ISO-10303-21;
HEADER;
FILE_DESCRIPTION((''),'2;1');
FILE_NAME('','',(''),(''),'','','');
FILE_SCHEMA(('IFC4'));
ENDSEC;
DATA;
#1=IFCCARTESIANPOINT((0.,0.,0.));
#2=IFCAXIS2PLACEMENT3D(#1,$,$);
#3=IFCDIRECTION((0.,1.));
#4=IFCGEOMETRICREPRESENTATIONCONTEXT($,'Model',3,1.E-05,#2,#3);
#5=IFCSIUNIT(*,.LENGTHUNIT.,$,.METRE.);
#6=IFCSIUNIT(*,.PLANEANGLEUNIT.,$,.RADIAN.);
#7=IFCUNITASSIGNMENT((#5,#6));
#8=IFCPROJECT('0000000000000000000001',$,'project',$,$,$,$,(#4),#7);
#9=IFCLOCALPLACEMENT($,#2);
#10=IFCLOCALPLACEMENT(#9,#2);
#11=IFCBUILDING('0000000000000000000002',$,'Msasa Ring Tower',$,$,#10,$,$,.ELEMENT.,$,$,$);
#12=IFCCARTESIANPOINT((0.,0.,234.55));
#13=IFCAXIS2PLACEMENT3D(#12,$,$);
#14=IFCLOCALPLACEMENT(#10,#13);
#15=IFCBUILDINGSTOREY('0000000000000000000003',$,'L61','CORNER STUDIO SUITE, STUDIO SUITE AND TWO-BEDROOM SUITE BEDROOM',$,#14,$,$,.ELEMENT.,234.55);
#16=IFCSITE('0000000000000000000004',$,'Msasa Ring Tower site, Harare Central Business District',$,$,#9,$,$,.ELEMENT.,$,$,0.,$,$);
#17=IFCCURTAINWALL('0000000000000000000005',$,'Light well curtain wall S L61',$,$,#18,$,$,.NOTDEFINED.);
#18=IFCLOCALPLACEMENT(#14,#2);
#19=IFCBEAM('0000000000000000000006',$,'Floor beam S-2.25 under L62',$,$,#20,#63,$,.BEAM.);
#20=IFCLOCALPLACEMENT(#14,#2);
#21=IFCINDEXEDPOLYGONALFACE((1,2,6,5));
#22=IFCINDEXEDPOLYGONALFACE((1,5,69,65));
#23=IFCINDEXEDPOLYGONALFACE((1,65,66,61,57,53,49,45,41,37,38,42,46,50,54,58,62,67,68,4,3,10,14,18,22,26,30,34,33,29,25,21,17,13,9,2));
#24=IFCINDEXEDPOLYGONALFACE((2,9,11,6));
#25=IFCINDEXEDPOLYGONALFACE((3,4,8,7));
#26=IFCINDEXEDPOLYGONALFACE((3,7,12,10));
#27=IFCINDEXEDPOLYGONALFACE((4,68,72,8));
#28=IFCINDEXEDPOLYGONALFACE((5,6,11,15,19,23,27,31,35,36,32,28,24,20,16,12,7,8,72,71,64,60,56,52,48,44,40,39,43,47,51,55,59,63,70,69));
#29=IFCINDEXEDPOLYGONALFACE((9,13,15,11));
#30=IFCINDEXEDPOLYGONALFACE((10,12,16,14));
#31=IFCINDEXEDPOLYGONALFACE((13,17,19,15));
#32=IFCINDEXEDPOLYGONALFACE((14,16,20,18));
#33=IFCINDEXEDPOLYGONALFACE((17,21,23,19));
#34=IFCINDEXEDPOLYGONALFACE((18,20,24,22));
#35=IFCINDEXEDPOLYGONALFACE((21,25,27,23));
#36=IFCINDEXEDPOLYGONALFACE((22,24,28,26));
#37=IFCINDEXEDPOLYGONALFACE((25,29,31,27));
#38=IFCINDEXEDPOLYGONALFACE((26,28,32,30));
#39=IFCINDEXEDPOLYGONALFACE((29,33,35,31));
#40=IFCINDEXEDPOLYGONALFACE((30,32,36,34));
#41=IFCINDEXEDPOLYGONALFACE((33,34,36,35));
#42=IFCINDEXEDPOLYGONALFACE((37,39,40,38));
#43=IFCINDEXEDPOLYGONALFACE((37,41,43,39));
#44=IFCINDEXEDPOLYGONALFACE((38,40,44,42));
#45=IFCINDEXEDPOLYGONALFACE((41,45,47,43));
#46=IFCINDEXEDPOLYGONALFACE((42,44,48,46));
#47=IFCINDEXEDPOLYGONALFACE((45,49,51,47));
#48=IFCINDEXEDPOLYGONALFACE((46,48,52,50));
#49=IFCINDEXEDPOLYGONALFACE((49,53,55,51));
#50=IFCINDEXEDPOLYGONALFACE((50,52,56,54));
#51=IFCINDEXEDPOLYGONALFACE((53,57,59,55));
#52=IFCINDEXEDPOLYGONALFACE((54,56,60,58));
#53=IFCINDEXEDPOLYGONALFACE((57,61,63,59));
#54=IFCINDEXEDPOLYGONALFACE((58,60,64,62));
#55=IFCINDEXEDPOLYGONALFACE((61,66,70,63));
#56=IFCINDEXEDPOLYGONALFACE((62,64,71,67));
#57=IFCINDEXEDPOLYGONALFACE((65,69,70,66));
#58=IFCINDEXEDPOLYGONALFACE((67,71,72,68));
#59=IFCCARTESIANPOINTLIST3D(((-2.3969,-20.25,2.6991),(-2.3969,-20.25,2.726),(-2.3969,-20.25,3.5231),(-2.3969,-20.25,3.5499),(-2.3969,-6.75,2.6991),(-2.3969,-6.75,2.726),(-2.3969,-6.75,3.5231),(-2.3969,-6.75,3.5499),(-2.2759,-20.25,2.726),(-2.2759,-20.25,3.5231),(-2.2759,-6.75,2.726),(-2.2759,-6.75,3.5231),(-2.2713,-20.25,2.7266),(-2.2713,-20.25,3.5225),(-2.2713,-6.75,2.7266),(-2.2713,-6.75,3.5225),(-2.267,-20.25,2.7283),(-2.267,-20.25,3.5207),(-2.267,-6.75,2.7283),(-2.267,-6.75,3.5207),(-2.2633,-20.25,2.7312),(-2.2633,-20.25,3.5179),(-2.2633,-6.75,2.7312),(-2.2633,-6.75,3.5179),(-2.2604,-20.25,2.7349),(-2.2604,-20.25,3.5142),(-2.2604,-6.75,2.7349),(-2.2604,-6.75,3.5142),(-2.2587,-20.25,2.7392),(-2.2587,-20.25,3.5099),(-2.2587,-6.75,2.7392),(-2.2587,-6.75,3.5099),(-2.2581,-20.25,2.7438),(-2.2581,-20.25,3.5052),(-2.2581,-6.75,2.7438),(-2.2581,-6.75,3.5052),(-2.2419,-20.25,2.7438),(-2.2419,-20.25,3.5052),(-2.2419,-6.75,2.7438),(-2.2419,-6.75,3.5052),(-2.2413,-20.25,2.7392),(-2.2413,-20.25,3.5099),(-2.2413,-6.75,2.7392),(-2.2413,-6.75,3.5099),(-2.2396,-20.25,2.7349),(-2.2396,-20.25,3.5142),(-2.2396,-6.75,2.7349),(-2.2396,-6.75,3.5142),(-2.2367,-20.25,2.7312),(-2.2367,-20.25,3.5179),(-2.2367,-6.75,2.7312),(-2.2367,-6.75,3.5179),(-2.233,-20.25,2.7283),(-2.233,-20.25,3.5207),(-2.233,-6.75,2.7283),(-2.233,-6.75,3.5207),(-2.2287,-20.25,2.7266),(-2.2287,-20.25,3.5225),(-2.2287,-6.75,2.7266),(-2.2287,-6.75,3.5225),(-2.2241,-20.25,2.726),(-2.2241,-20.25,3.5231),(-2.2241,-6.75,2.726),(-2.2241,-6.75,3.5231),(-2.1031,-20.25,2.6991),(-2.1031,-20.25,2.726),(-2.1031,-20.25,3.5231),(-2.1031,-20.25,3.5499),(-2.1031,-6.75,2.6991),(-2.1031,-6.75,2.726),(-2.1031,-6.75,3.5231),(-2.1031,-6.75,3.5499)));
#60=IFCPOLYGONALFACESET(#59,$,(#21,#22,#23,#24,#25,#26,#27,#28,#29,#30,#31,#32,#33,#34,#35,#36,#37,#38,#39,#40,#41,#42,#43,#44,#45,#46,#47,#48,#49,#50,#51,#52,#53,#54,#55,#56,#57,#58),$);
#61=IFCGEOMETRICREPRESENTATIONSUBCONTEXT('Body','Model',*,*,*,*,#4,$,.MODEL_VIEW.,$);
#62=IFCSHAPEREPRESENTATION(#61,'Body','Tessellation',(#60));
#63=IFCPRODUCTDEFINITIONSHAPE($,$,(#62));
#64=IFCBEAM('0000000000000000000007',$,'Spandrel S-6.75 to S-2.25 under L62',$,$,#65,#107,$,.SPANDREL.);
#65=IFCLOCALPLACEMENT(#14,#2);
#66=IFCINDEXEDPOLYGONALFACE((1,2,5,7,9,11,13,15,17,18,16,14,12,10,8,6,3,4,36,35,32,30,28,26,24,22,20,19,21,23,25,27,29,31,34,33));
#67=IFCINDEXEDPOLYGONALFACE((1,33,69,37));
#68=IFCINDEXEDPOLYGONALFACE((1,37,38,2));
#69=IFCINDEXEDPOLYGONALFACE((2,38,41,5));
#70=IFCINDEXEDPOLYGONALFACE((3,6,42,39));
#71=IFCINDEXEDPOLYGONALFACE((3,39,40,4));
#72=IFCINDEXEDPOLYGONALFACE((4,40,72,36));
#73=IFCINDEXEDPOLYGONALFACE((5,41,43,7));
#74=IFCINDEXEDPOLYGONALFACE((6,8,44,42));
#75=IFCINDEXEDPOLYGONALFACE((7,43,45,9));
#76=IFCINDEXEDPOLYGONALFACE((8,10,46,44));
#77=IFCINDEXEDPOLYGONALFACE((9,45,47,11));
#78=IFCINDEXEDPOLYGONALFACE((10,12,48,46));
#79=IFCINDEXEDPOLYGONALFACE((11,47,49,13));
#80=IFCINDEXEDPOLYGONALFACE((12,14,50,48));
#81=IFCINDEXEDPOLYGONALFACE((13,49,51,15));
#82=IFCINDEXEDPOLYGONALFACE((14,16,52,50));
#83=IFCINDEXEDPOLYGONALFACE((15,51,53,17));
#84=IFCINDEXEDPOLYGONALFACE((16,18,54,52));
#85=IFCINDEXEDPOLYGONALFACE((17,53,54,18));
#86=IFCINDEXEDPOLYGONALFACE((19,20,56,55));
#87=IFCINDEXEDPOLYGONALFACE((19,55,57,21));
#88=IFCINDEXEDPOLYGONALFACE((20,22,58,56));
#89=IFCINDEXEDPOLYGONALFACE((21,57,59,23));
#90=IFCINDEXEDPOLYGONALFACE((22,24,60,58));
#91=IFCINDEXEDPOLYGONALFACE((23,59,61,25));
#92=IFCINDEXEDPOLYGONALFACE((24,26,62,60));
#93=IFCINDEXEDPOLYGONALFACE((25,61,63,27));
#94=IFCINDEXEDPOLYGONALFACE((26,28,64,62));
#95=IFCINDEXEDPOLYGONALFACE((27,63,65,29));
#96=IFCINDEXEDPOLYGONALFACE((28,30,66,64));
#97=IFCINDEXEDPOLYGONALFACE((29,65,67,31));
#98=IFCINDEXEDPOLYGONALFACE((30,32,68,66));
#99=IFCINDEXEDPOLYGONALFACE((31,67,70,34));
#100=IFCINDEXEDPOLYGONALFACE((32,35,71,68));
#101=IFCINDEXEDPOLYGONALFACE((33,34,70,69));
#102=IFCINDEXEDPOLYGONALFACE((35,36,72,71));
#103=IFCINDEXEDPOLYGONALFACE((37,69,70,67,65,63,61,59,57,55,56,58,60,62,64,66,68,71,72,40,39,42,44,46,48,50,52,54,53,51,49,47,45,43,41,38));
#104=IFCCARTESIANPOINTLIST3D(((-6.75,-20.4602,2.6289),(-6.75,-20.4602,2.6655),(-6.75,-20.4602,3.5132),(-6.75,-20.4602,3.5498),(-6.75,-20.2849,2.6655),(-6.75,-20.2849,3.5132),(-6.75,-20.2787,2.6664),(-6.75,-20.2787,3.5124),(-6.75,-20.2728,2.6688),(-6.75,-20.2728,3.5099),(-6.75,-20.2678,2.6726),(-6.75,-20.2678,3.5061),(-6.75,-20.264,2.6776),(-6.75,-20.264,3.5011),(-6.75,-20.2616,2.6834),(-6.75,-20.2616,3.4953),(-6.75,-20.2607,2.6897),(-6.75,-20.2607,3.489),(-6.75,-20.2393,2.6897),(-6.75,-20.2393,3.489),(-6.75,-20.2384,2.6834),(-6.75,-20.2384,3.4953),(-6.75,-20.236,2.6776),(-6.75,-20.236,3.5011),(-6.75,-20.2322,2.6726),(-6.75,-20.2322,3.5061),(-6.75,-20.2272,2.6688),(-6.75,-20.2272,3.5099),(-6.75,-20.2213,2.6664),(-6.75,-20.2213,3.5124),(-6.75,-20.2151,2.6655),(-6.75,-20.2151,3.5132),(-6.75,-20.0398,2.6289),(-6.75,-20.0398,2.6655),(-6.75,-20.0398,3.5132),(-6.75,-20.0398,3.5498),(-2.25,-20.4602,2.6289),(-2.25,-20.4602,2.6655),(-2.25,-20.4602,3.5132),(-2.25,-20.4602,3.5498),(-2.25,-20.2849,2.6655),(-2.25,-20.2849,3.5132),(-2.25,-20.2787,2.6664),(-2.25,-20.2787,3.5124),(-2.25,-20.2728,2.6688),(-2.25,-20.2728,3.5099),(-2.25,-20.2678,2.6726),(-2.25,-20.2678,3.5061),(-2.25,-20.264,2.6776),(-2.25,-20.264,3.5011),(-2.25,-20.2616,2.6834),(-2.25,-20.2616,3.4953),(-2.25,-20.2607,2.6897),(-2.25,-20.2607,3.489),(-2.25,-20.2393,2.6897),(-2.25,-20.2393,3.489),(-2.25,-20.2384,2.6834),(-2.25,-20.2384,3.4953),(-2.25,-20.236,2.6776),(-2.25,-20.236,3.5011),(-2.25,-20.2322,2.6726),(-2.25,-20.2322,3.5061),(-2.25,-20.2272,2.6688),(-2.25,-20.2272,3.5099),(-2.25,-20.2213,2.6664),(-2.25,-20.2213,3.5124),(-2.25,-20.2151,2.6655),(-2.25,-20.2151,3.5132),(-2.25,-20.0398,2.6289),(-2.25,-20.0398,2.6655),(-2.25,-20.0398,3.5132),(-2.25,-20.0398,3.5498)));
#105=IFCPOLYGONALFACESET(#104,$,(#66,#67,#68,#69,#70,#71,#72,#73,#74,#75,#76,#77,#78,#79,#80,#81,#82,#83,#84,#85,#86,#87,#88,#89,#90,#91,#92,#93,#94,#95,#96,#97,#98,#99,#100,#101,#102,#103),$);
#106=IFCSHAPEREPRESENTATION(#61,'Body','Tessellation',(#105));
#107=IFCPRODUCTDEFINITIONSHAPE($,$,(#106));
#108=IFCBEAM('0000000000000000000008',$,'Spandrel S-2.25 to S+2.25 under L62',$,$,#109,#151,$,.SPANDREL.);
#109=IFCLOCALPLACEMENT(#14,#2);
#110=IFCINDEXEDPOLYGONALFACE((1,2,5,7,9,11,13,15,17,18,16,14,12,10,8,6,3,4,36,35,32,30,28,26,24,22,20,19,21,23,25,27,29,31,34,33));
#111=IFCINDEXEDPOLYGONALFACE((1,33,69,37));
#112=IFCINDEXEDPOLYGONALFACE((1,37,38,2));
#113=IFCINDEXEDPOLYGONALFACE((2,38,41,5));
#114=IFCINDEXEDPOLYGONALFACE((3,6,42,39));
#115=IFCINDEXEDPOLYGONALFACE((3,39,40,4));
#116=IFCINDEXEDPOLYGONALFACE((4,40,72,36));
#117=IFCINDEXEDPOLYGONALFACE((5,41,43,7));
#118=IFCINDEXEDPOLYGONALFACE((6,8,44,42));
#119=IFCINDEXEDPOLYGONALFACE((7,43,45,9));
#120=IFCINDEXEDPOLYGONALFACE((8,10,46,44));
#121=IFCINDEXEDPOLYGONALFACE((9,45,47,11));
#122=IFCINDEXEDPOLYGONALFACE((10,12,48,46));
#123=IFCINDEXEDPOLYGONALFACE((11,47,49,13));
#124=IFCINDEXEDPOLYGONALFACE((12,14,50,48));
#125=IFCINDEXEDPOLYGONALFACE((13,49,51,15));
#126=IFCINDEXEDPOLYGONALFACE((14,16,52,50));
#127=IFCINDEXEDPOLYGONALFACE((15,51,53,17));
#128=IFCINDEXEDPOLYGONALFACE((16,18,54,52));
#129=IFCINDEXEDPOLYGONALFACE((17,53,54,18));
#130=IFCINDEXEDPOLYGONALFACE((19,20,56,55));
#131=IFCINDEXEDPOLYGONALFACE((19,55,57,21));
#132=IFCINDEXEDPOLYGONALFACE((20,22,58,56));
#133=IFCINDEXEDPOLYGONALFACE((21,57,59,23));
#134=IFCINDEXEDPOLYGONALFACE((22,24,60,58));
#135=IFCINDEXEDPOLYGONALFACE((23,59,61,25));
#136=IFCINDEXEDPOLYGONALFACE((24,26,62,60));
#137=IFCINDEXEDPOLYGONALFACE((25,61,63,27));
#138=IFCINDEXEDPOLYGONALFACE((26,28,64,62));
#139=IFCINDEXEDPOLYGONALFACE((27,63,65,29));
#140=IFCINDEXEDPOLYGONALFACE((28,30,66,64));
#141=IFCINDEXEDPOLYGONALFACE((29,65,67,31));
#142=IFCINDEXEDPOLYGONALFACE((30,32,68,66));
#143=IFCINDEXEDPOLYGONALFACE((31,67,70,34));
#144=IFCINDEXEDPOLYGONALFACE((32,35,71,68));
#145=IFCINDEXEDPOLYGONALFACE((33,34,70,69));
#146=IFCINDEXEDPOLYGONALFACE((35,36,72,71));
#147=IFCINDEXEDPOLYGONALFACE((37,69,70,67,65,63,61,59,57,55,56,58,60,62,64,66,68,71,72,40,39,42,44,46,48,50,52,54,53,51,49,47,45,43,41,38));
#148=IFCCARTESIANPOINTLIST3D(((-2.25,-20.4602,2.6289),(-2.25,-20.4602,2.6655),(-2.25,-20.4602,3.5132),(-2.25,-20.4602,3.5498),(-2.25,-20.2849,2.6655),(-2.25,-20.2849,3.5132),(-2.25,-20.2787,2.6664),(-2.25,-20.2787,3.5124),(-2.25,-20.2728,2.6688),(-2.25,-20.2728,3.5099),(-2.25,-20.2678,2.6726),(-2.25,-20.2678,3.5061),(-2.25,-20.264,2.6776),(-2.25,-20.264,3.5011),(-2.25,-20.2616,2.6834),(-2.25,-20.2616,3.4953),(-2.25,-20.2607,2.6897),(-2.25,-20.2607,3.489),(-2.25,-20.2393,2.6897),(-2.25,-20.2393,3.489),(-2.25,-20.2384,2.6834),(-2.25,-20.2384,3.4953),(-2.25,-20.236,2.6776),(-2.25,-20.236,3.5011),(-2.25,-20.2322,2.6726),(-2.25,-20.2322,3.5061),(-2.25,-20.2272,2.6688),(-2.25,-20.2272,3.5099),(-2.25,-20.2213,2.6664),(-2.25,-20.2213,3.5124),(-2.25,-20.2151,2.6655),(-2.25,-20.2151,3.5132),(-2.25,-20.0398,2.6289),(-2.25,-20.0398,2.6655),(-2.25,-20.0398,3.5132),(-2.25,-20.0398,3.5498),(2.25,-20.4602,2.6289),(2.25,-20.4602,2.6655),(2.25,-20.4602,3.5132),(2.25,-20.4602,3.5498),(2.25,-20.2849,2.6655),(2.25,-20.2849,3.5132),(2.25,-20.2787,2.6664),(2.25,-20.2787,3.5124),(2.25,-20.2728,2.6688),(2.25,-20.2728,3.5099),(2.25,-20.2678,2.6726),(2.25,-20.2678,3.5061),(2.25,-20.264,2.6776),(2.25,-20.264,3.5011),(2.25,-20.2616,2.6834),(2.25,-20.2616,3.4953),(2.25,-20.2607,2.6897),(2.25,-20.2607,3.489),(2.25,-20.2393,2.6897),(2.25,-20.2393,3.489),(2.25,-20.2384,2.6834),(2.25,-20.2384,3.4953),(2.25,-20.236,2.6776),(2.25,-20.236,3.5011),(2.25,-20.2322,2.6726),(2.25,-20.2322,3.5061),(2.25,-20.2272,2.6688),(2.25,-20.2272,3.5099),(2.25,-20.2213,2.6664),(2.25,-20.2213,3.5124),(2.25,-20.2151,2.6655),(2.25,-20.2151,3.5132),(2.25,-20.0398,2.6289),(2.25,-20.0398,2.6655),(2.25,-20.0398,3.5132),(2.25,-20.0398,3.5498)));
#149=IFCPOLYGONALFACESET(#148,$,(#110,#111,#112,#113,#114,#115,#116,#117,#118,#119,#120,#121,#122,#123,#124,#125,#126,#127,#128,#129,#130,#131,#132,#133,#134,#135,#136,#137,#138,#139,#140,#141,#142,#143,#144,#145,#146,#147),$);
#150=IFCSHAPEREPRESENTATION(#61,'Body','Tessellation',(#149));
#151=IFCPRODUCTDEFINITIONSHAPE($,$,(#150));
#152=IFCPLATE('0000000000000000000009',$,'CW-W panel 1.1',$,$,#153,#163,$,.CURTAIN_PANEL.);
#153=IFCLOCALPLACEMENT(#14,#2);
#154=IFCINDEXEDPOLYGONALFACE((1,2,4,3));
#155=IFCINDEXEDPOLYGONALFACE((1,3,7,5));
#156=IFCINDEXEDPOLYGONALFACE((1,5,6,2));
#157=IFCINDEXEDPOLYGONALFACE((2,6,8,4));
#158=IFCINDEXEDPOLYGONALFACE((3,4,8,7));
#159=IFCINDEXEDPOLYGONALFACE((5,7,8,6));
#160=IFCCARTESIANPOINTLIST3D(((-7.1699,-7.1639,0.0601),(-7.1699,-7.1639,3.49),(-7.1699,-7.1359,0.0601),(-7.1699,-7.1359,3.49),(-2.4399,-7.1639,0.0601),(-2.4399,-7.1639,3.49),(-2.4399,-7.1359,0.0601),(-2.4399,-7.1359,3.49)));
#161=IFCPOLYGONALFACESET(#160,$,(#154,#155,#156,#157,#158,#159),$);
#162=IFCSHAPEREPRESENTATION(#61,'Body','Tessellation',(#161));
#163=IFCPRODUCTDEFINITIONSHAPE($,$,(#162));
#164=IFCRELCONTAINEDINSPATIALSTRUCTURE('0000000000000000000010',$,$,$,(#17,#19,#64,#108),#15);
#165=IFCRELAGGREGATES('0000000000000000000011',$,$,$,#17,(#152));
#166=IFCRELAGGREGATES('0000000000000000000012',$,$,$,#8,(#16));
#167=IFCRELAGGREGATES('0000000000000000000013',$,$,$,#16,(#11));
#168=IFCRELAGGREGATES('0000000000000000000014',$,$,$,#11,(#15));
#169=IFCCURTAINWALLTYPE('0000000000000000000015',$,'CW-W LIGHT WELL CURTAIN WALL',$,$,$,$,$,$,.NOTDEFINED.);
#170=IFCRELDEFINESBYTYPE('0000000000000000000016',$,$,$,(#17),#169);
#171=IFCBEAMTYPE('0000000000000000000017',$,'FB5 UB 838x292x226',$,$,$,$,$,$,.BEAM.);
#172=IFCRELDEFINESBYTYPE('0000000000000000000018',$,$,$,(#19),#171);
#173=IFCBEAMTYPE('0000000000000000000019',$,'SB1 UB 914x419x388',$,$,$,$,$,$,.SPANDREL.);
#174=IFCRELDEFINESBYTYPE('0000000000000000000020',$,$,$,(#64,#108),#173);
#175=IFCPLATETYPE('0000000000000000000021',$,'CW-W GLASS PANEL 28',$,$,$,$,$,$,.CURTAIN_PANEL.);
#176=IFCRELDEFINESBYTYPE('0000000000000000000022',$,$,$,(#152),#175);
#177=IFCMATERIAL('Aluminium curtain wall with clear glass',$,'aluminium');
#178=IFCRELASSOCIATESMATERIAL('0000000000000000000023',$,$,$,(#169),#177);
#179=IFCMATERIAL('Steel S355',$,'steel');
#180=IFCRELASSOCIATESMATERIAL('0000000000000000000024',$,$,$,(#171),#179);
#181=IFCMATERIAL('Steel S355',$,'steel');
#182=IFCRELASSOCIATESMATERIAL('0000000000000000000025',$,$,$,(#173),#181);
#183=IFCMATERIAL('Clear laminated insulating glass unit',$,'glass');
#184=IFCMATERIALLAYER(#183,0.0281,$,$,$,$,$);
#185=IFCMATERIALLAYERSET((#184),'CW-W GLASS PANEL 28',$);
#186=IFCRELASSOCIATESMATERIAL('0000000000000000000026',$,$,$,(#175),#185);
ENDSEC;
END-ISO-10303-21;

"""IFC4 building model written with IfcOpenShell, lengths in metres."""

from ifc_helpers import new_model, si_unit, direction, frame, origin, origin_2d, place, context, subcontext, project, spatial, rectangle, i_section, extrude, material, layer, layer_set, material_profile, profile_set, type_object, element, aggregate, save


model = new_model("IFC4")

# Units and contexts
model_context = context("Model", 3, precision=1e-05, world=origin(), true_north=direction((0.0, 1.0)))
body_context = subcontext(model_context, "Body", "Model", "MODEL_VIEW")
ifc_project = project(units=[si_unit("LENGTHUNIT", "METRE"), si_unit("PLANEANGLEUNIT", "RADIAN")], contexts=[model_context])

# Site, building, storey
site_placement = place(None, origin())
site = spatial("IfcSite", under=ifc_project, at=site_placement, Name="Msasa Ring Tower site, Harare Central Business District", CompositionType="ELEMENT", RefElevation=0.0)
building_placement = place(site_placement, origin())
building = spatial("IfcBuilding", under=site, at=building_placement, Name="Msasa Ring Tower", CompositionType="ELEMENT")
storey_placement = place(building_placement, frame((0.0, 0.0, 234.55)))
storey = spatial("IfcBuildingStorey", under=building, at=storey_placement, Name="L61", Description="CORNER STUDIO SUITE, STUDIO SUITE AND TWO-BEDROOM SUITE BEDROOM", CompositionType="ELEMENT", Elevation=234.55)

# Curtain wall
ifc_material_1 = material(Name="Aluminium curtain wall with clear glass", Category="aluminium")
curtain_wall_type = type_object("IfcCurtainWallType", Name="CW-W LIGHT WELL CURTAIN WALL", PredefinedType="NOTDEFINED", material=ifc_material_1)
curtain_wall_placement = place(storey_placement, origin())
curtain_wall = element("IfcCurtainWall", 1, at=curtain_wall_placement, inside=storey, type_object=curtain_wall_type, Name="Light well curtain wall S L61", PredefinedType="NOTDEFINED")

# Beams
ifc_material_2 = material(Name="Steel S355", Category="steel")
ifc_material_profile_1 = material_profile(ifc_material_2, i_section(OverallWidth=0.2937, OverallDepth=0.8508, WebThickness=0.0161, FlangeThickness=0.0269, FilletRadius=0.0178, at=origin_2d()), Name="UB 838x292x226")
ifc_profile_set_1 = profile_set([ifc_material_profile_1], Name="Steel S355")
beam_type_1 = type_object("IfcBeamType", Name="FB5 UB 838x292x226", PredefinedType="BEAM", material=ifc_profile_set_1)
for number, where, z_axis, x_axis, name in (
    (2, (-2.25, -20.25, 3.1245), (0.0, 1.0, 0.0), (-1.0, 0.0, 0.0), "Floor beam S-2.25 under L62"),
):
    element("IfcBeam", number, at=place(storey_placement, frame(where, z_axis=z_axis, x_axis=x_axis)), inside=storey, type_object=beam_type_1, Name=name, PredefinedType="BEAM", context=body_context, shape_type="SweptSolid", body=[
        extrude(i_section(OverallWidth=0.2937, OverallDepth=0.8508, WebThickness=0.0161, FlangeThickness=0.0269, FilletRadius=0.0178, at=origin_2d()), origin(), (0.0, 0.0, 1.0), 13.5),
    ])
ifc_material_3 = material(Name="Steel S355", Category="steel")
ifc_material_profile_2 = material_profile(ifc_material_3, i_section(OverallWidth=0.4204, OverallDepth=0.9209, WebThickness=0.0215, FlangeThickness=0.0366, FilletRadius=0.0242, at=origin_2d()), Name="UB 914x419x388")
ifc_profile_set_2 = profile_set([ifc_material_profile_2], Name="Steel S355")
beam_type_2 = type_object("IfcBeamType", Name="SB1 UB 914x419x388", PredefinedType="SPANDREL", material=ifc_profile_set_2)
for number, where, z_axis, x_axis, name in (
    (3, (-6.75, -20.25, 3.0894), (1.0, 0.0, 0.0), (0.0, 1.0, 0.0), "Spandrel S-6.75 to S-2.25 under L62"),
    (4, (-2.25, -20.25, 3.0894), (1.0, 0.0, 0.0), (0.0, 1.0, 0.0), "Spandrel S-2.25 to S+2.25 under L62"),
):
    element("IfcBeam", number, at=place(storey_placement, frame(where, z_axis=z_axis, x_axis=x_axis)), inside=storey, type_object=beam_type_2, Name=name, PredefinedType="SPANDREL", context=body_context, shape_type="SweptSolid", body=[
        extrude(i_section(OverallWidth=0.4204, OverallDepth=0.9209, WebThickness=0.0215, FlangeThickness=0.0366, FilletRadius=0.0242, at=origin_2d()), origin(), (0.0, 0.0, 1.0), 4.5),
    ])

# Plate
ifc_material_4 = material(Name="Clear laminated insulating glass unit", Category="glass")
ifc_layer_1 = layer(ifc_material_4, 0.0281)
ifc_layer_set_1 = layer_set([ifc_layer_1], Name="CW-W GLASS PANEL 28")
plate_type = type_object("IfcPlateType", Name="CW-W GLASS PANEL 28", PredefinedType="CURTAIN_PANEL", material=ifc_layer_set_1)
plate_placement = place(storey_placement, frame((-4.8049, -7.1499, 0.0601), z_axis=(0.0, 0.0, 1.0), x_axis=(1.0, 0.0, 0.0)))
plate = element("IfcPlate", 5, at=plate_placement, type_object=plate_type, Name="CW-W panel 1.1", PredefinedType="CURTAIN_PANEL", context=body_context, shape_type="SweptSolid", body=[
    extrude(rectangle(XDim=4.73, YDim=0.0281, at=origin_2d()), origin(), (0.0, 0.0, 1.0), 3.4299),
])
aggregate(curtain_wall, [plate])

save(model, "model.ifc")
